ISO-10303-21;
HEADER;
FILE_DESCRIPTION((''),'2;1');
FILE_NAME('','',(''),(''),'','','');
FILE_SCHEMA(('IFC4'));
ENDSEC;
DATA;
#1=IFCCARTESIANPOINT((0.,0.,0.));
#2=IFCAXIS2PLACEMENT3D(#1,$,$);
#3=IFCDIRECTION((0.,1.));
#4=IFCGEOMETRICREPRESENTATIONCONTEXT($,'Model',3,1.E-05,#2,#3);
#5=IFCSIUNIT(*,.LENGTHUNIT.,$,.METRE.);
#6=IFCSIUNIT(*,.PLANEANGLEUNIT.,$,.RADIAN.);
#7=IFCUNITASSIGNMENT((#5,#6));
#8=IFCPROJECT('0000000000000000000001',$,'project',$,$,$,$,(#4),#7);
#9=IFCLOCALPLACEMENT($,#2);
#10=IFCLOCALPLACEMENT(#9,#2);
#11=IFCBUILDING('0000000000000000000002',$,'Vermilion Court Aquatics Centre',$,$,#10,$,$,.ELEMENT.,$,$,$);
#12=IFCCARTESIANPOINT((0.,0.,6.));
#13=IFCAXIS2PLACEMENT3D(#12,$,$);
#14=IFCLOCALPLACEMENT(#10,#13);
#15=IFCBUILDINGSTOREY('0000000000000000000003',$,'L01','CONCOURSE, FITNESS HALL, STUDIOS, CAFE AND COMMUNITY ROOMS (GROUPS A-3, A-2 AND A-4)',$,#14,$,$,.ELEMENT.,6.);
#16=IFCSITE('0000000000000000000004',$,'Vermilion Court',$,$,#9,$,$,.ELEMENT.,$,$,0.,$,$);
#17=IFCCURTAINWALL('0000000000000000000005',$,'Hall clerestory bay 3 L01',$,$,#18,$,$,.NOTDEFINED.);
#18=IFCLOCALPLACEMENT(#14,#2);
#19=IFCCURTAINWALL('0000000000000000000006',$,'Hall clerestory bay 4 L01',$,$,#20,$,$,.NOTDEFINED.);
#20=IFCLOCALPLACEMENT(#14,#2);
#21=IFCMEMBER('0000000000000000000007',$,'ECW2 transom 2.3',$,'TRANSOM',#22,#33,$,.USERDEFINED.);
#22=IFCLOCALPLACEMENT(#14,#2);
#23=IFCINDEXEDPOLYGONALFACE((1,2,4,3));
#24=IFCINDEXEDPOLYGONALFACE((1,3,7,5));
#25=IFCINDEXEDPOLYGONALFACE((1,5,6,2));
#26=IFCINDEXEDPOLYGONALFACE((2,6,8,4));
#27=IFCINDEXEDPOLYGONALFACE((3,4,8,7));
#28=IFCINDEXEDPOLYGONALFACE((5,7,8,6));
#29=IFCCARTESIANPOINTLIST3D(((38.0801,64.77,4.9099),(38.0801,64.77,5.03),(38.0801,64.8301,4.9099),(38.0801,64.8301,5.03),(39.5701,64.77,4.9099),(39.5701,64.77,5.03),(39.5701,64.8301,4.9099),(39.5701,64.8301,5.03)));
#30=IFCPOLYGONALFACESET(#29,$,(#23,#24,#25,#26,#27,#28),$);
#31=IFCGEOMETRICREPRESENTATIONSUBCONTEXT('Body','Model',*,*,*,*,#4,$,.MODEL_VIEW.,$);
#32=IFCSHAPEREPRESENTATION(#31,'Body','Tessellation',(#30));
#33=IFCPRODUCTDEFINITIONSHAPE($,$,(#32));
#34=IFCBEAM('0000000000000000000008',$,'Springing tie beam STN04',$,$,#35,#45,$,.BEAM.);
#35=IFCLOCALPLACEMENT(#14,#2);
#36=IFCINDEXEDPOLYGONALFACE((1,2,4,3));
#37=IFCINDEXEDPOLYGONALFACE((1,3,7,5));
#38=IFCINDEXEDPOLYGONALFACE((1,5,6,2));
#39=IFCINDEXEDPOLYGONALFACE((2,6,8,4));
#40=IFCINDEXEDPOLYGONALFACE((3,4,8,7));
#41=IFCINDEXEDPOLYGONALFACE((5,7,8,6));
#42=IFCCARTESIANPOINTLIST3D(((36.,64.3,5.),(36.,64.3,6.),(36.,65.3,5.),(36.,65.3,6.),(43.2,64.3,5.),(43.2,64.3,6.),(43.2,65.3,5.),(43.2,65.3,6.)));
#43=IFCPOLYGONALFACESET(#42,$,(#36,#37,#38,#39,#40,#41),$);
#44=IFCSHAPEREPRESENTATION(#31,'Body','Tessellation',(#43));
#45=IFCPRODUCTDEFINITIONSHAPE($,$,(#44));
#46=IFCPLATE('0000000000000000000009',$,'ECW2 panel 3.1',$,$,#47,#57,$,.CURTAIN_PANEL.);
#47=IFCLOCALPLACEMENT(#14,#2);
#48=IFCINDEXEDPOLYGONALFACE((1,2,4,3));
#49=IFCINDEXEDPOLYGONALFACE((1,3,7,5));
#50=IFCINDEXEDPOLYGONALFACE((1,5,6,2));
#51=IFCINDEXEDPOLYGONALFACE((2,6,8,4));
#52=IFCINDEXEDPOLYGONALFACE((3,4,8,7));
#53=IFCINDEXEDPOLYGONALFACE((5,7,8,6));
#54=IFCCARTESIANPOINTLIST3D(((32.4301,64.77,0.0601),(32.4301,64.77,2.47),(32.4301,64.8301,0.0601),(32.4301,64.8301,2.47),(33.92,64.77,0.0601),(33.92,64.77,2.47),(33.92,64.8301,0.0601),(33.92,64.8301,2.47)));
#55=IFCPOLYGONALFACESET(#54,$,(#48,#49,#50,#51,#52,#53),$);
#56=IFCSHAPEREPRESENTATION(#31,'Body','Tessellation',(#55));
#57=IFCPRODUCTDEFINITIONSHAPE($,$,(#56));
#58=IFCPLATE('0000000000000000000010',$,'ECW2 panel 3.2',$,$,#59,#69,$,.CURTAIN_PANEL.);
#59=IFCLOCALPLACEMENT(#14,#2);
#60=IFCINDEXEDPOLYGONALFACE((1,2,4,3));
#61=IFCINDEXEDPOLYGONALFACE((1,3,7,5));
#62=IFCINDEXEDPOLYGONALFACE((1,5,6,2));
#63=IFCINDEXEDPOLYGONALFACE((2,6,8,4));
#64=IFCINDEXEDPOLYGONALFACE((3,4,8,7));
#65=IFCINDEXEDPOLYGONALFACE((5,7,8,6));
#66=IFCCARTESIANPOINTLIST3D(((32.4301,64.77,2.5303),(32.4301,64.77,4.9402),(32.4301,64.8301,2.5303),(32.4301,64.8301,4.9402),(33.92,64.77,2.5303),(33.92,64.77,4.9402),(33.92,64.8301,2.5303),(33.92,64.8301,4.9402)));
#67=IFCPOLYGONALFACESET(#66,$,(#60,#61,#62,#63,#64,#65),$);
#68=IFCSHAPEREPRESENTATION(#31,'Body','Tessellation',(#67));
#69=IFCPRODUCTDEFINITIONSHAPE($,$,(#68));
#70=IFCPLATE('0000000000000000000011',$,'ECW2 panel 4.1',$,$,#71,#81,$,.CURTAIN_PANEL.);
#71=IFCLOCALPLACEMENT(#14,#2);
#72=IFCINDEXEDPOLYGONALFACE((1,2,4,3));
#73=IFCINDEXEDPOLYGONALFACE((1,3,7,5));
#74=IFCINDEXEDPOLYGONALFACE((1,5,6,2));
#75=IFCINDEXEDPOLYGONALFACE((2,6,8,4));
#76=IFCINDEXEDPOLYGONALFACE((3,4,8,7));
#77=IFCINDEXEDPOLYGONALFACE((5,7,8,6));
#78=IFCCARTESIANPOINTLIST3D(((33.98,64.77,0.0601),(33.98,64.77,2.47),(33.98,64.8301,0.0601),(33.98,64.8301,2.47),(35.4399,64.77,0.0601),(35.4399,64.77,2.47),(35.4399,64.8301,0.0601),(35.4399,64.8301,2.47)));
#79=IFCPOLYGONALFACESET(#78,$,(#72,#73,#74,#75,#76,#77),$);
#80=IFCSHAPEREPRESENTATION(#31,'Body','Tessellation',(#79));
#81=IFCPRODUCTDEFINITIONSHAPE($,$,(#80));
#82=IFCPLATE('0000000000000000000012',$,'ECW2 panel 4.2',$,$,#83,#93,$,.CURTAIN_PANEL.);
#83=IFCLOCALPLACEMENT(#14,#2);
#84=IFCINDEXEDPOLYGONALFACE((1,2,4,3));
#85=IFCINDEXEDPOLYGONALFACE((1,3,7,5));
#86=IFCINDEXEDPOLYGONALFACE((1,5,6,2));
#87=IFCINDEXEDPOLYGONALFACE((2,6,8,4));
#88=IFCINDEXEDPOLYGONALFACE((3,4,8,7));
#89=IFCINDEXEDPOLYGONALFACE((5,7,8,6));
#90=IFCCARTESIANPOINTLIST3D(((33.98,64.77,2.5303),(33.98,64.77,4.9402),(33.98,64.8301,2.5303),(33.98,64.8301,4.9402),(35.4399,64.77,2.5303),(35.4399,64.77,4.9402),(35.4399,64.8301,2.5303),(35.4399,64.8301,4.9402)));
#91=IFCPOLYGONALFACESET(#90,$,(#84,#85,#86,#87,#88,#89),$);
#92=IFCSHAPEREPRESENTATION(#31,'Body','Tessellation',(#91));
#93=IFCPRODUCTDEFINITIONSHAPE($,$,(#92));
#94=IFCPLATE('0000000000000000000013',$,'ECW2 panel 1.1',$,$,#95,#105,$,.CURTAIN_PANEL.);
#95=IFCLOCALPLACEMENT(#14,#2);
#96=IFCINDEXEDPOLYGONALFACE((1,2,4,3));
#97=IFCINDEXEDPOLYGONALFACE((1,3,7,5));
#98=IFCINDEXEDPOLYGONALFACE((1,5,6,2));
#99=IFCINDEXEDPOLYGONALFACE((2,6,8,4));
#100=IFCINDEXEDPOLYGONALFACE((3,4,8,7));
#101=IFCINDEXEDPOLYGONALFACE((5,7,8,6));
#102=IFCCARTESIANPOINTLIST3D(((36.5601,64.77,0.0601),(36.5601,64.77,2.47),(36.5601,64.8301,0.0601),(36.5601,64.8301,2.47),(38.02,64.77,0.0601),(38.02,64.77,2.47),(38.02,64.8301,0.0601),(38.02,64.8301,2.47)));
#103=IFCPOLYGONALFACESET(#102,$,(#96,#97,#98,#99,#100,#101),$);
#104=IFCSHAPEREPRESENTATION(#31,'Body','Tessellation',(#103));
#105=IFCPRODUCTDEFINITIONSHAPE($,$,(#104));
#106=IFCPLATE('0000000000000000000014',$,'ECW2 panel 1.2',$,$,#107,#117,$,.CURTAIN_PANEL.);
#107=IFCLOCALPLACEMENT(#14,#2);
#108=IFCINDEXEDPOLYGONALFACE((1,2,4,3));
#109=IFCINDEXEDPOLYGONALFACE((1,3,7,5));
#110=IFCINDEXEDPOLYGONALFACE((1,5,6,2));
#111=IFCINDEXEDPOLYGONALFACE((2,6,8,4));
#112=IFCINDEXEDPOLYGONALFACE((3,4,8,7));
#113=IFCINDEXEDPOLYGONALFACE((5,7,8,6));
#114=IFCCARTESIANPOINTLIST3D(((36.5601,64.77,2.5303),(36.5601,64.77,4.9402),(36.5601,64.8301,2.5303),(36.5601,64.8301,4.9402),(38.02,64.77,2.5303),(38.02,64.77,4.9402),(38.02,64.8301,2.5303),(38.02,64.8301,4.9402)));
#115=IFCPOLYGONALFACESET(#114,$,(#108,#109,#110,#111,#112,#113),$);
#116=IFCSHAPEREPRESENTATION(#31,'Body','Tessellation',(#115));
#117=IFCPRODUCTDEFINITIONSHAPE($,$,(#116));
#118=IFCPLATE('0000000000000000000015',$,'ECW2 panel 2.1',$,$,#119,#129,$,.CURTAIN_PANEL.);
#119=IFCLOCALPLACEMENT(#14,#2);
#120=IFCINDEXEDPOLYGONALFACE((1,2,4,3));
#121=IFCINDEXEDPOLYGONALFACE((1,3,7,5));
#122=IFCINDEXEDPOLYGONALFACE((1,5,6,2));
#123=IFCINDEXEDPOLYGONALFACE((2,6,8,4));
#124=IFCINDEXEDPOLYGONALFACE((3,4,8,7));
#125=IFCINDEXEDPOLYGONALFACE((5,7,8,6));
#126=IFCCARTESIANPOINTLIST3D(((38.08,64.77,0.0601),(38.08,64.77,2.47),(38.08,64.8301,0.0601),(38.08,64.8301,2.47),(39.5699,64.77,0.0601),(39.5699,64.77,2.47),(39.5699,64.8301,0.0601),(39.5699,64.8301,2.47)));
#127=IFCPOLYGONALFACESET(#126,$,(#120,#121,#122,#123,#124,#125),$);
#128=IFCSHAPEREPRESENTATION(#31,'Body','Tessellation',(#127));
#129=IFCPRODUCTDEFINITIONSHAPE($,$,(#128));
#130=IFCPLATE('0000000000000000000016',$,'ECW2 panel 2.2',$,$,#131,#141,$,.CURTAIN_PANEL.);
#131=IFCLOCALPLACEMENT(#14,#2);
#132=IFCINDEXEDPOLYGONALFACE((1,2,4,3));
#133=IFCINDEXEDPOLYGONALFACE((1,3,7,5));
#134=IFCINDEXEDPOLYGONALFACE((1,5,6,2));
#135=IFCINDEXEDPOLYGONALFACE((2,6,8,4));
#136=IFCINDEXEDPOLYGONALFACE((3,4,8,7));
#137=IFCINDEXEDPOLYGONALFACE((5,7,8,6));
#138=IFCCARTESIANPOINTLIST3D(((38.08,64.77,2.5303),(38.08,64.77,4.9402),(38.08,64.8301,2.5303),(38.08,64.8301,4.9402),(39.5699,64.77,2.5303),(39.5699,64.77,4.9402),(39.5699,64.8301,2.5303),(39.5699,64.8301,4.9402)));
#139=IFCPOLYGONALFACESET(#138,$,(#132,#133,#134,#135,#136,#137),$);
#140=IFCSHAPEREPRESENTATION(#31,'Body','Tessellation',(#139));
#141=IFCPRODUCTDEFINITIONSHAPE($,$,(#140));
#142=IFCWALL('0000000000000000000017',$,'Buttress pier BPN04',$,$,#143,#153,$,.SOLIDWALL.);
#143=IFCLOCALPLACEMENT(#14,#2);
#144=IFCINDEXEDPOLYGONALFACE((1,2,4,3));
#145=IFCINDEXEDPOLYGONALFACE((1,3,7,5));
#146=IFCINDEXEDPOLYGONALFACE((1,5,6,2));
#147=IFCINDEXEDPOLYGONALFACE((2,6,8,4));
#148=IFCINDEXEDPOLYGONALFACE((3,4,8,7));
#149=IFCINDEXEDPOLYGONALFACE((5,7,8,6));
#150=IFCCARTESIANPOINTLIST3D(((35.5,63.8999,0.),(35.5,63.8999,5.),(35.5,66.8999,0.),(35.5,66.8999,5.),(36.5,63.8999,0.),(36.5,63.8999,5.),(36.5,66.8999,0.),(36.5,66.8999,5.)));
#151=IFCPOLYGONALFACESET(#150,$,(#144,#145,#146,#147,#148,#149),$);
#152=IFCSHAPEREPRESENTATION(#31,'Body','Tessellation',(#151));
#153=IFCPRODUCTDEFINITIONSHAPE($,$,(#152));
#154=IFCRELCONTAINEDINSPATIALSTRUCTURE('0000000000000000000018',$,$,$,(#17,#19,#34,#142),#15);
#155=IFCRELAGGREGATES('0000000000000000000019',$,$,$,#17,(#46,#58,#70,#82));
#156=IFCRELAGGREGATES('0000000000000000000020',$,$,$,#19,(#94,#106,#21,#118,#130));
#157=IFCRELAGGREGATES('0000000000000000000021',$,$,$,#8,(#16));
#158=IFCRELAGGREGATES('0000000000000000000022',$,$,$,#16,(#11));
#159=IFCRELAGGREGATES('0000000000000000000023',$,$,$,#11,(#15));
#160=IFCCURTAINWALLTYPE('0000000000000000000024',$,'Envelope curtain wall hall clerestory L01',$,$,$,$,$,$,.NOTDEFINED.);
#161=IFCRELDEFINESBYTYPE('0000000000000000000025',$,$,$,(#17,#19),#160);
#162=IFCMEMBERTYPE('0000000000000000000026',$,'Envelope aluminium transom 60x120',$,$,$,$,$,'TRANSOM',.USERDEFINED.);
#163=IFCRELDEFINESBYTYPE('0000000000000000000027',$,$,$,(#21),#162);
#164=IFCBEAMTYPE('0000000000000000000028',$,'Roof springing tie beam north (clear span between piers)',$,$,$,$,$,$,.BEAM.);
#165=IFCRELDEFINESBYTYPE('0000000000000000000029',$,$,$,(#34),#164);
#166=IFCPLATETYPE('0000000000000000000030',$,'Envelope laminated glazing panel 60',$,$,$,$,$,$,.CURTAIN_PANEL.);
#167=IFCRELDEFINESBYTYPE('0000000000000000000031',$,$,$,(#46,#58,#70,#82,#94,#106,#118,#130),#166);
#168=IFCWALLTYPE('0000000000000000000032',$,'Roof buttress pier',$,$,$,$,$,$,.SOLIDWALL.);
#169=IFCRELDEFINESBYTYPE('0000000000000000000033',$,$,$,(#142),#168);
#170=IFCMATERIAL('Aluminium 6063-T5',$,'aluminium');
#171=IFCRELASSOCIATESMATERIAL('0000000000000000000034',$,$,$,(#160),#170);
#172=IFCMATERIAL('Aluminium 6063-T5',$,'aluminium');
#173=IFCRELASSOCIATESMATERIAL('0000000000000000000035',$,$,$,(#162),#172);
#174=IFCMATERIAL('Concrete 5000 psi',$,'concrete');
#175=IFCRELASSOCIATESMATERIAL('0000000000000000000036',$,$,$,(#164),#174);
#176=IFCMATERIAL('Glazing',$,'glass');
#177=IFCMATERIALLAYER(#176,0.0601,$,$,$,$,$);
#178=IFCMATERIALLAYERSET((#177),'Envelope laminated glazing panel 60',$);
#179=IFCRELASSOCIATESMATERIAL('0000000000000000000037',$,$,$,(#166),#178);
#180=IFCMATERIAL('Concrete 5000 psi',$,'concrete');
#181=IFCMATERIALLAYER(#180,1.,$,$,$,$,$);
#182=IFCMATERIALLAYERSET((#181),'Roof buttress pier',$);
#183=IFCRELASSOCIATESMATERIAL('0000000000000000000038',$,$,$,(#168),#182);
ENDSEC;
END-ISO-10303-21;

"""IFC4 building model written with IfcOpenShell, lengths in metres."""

from ifc_helpers import new_model, si_unit, direction, frame, frame_2d, origin, origin_2d, place, context, subcontext, project, spatial, rectangle, extrude, material, layer, layer_set, material_profile, profile_set, type_object, element, aggregate, save


model = new_model("IFC4")

# Units and contexts
model_context = context("Model", 3, precision=1e-05, world=origin(), true_north=direction((0.0, 1.0)))
body_context = subcontext(model_context, "Body", "Model", "MODEL_VIEW")
ifc_project = project(units=[si_unit("LENGTHUNIT", "METRE"), si_unit("PLANEANGLEUNIT", "RADIAN")], contexts=[model_context])

# Site, building, storey
site_placement = place(None, origin())
site = spatial("IfcSite", under=ifc_project, at=site_placement, Name="Vermilion Court", CompositionType="ELEMENT", RefElevation=0.0)
building_placement = place(site_placement, origin())
building = spatial("IfcBuilding", under=site, at=building_placement, Name="Vermilion Court Aquatics Centre", CompositionType="ELEMENT")
storey_placement = place(building_placement, frame((0.0, 0.0, 6.0)))
storey = spatial("IfcBuildingStorey", under=building, at=storey_placement, Name="L01", Description="CONCOURSE, FITNESS HALL, STUDIOS, CAFE AND COMMUNITY ROOMS (GROUPS A-3, A-2 AND A-4)", CompositionType="ELEMENT", Elevation=6.0)

# Curtain walls
ifc_material_1 = material(Name="Aluminium 6063-T5", Category="aluminium")
curtain_wall_type = type_object("IfcCurtainWallType", Name="Envelope curtain wall hall clerestory L01", PredefinedType="NOTDEFINED", material=ifc_material_1)
curtain_wall_1_placement = place(storey_placement, origin())
curtain_wall_1 = element("IfcCurtainWall", 1, at=curtain_wall_1_placement, inside=storey, type_object=curtain_wall_type, Name="Hall clerestory bay 3 L01", PredefinedType="NOTDEFINED")
curtain_wall_2_placement = place(storey_placement, origin())
curtain_wall_2 = element("IfcCurtainWall", 2, at=curtain_wall_2_placement, inside=storey, type_object=curtain_wall_type, Name="Hall clerestory bay 4 L01", PredefinedType="NOTDEFINED")

# Member
ifc_material_2 = material(Name="Aluminium 6063-T5", Category="aluminium")
ifc_material_profile_1 = material_profile(ifc_material_2, rectangle(XDim=0.0601, YDim=0.1201, at=origin_2d()), Name="AL 60x120")
ifc_profile_set_1 = profile_set([ifc_material_profile_1], Name="Aluminium 6063-T5")
member_type_1 = type_object("IfcMemberType", Name="Envelope aluminium transom 60x120", ElementType="TRANSOM", PredefinedType="USERDEFINED", material=ifc_profile_set_1)
member_1_placement = place(storey_placement, frame((38.0801, 64.8, 4.97), z_axis=(1.0, 0.0, 0.0), x_axis=(0.0, 1.0, 0.0)))
member_1 = element("IfcMember", 3, at=member_1_placement, type_object=member_type_1, Name="ECW2 transom 2.3", ObjectType="TRANSOM", PredefinedType="USERDEFINED", context=body_context, shape_type="SweptSolid", body=[
    extrude(rectangle(XDim=0.0601, YDim=0.1201, at=origin_2d()), origin(), (0.0, 0.0, 1.0), 1.49),
])

# Beam
ifc_material_3 = material(Name="Concrete 5000 psi", Category="concrete")
ifc_material_profile_2 = material_profile(ifc_material_3, rectangle(XDim=1.0, YDim=1.0, at=origin_2d()), Name="RC 1000x1000")
ifc_profile_set_2 = profile_set([ifc_material_profile_2], Name="Concrete 5000 psi")
beam_type = type_object("IfcBeamType", Name="Roof springing tie beam north (clear span between piers)", PredefinedType="BEAM", material=ifc_profile_set_2)
beam_placement = place(storey_placement, frame((36.0, 64.8, 5.5), z_axis=(1.0, 0.0, 0.0), x_axis=(0.0, 1.0, 0.0)))
element("IfcBeam", 4, at=beam_placement, inside=storey, type_object=beam_type, Name="Springing tie beam STN04", PredefinedType="BEAM", context=body_context, shape_type="SweptSolid", body=[
    extrude(rectangle(XDim=1.0, YDim=1.0, at=origin_2d()), origin(), (0.0, 0.0, 1.0), 7.2),
])

# Plates
ifc_material_4 = material(Name="Glazing", Category="glass")
ifc_layer_1 = layer(ifc_material_4, 0.0601)
ifc_layer_set_1 = layer_set([ifc_layer_1], Name="Envelope laminated glazing panel 60")
plate_type = type_object("IfcPlateType", Name="Envelope laminated glazing panel 60", PredefinedType="CURTAIN_PANEL", material=ifc_layer_set_1)
plate_1_placement = place(storey_placement, frame((33.175, 64.8, 0.0601), z_axis=(0.0, 0.0, 1.0), x_axis=(1.0, 0.0, 0.0)))
plate_1 = element("IfcPlate", 5, at=plate_1_placement, type_object=plate_type, Name="ECW2 panel 3.1", PredefinedType="CURTAIN_PANEL", context=body_context, shape_type="SweptSolid", body=[
    extrude(rectangle(XDim=1.49, YDim=0.0601, at=origin_2d()), origin(), (0.0, 0.0, 1.0), 2.4099),
])
plate_2_placement = place(storey_placement, frame((33.175, 64.8, 2.5303), z_axis=(0.0, 0.0, 1.0), x_axis=(1.0, 0.0, 0.0)))
plate_2 = element("IfcPlate", 6, at=plate_2_placement, type_object=plate_type, Name="ECW2 panel 3.2", PredefinedType="CURTAIN_PANEL", context=body_context, shape_type="SweptSolid", body=[
    extrude(rectangle(XDim=1.49, YDim=0.0601, at=origin_2d()), origin(), (0.0, 0.0, 1.0), 2.4099),
])
plate_3_placement = place(storey_placement, frame((34.71, 64.8, 0.0601), z_axis=(0.0, 0.0, 1.0), x_axis=(1.0, 0.0, 0.0)))
plate_3 = element("IfcPlate", 7, at=plate_3_placement, type_object=plate_type, Name="ECW2 panel 4.1", PredefinedType="CURTAIN_PANEL", context=body_context, shape_type="SweptSolid", body=[
    extrude(rectangle(XDim=1.46, YDim=0.0601, at=origin_2d()), origin(), (0.0, 0.0, 1.0), 2.4099),
])
plate_4_placement = place(storey_placement, frame((34.71, 64.8, 2.5303), z_axis=(0.0, 0.0, 1.0), x_axis=(1.0, 0.0, 0.0)))
plate_4 = element("IfcPlate", 8, at=plate_4_placement, type_object=plate_type, Name="ECW2 panel 4.2", PredefinedType="CURTAIN_PANEL", context=body_context, shape_type="SweptSolid", body=[
    extrude(rectangle(XDim=1.46, YDim=0.0601, at=origin_2d()), origin(), (0.0, 0.0, 1.0), 2.4099),
])
aggregate(curtain_wall_1, [plate_1, plate_2, plate_3, plate_4])
plate_5_placement = place(storey_placement, frame((37.29, 64.8, 0.0601), z_axis=(0.0, 0.0, 1.0), x_axis=(1.0, 0.0, 0.0)))
plate_5 = element("IfcPlate", 9, at=plate_5_placement, type_object=plate_type, Name="ECW2 panel 1.1", PredefinedType="CURTAIN_PANEL", context=body_context, shape_type="SweptSolid", body=[
    extrude(rectangle(XDim=1.46, YDim=0.0601, at=origin_2d()), origin(), (0.0, 0.0, 1.0), 2.4099),
])
plate_6_placement = place(storey_placement, frame((37.29, 64.8, 2.5303), z_axis=(0.0, 0.0, 1.0), x_axis=(1.0, 0.0, 0.0)))
plate_6 = element("IfcPlate", 10, at=plate_6_placement, type_object=plate_type, Name="ECW2 panel 1.2", PredefinedType="CURTAIN_PANEL", context=body_context, shape_type="SweptSolid", body=[
    extrude(rectangle(XDim=1.46, YDim=0.0601, at=origin_2d()), origin(), (0.0, 0.0, 1.0), 2.4099),
])
plate_7_placement = place(storey_placement, frame((38.825, 64.8, 0.0601), z_axis=(0.0, 0.0, 1.0), x_axis=(1.0, 0.0, 0.0)))
plate_7 = element("IfcPlate", 11, at=plate_7_placement, type_object=plate_type, Name="ECW2 panel 2.1", PredefinedType="CURTAIN_PANEL", context=body_context, shape_type="SweptSolid", body=[
    extrude(rectangle(XDim=1.49, YDim=0.0601, at=origin_2d()), origin(), (0.0, 0.0, 1.0), 2.4099),
])
plate_8_placement = place(storey_placement, frame((38.825, 64.8, 2.5303), z_axis=(0.0, 0.0, 1.0), x_axis=(1.0, 0.0, 0.0)))
plate_8 = element("IfcPlate", 12, at=plate_8_placement, type_object=plate_type, Name="ECW2 panel 2.2", PredefinedType="CURTAIN_PANEL", context=body_context, shape_type="SweptSolid", body=[
    extrude(rectangle(XDim=1.49, YDim=0.0601, at=origin_2d()), origin(), (0.0, 0.0, 1.0), 2.4099),
])
aggregate(curtain_wall_2, [plate_5, plate_6, member_1, plate_7, plate_8])

# Wall
ifc_material_5 = material(Name="Concrete 5000 psi", Category="concrete")
ifc_layer_2 = layer(ifc_material_5, 1.0)
ifc_layer_set_2 = layer_set([ifc_layer_2], Name="Roof buttress pier")
wall_type = type_object("IfcWallType", Name="Roof buttress pier", PredefinedType="SOLIDWALL", material=ifc_layer_set_2)
wall_placement = place(storey_placement, frame((36.0, 63.8999, 0.0), z_axis=(0.0, 0.0, 1.0), x_axis=(0.0, 1.0, 0.0)))
element("IfcWall", 13, at=wall_placement, inside=storey, type_object=wall_type, Name="Buttress pier BPN04", PredefinedType="SOLIDWALL", context=body_context, shape_type="SweptSolid", body=[
    extrude(rectangle(XDim=3.0, YDim=1.0, at=frame_2d((1.5, 0.0))), origin(), (0.0, 0.0, 1.0), 5.0),
])

save(model, "model.ifc")
